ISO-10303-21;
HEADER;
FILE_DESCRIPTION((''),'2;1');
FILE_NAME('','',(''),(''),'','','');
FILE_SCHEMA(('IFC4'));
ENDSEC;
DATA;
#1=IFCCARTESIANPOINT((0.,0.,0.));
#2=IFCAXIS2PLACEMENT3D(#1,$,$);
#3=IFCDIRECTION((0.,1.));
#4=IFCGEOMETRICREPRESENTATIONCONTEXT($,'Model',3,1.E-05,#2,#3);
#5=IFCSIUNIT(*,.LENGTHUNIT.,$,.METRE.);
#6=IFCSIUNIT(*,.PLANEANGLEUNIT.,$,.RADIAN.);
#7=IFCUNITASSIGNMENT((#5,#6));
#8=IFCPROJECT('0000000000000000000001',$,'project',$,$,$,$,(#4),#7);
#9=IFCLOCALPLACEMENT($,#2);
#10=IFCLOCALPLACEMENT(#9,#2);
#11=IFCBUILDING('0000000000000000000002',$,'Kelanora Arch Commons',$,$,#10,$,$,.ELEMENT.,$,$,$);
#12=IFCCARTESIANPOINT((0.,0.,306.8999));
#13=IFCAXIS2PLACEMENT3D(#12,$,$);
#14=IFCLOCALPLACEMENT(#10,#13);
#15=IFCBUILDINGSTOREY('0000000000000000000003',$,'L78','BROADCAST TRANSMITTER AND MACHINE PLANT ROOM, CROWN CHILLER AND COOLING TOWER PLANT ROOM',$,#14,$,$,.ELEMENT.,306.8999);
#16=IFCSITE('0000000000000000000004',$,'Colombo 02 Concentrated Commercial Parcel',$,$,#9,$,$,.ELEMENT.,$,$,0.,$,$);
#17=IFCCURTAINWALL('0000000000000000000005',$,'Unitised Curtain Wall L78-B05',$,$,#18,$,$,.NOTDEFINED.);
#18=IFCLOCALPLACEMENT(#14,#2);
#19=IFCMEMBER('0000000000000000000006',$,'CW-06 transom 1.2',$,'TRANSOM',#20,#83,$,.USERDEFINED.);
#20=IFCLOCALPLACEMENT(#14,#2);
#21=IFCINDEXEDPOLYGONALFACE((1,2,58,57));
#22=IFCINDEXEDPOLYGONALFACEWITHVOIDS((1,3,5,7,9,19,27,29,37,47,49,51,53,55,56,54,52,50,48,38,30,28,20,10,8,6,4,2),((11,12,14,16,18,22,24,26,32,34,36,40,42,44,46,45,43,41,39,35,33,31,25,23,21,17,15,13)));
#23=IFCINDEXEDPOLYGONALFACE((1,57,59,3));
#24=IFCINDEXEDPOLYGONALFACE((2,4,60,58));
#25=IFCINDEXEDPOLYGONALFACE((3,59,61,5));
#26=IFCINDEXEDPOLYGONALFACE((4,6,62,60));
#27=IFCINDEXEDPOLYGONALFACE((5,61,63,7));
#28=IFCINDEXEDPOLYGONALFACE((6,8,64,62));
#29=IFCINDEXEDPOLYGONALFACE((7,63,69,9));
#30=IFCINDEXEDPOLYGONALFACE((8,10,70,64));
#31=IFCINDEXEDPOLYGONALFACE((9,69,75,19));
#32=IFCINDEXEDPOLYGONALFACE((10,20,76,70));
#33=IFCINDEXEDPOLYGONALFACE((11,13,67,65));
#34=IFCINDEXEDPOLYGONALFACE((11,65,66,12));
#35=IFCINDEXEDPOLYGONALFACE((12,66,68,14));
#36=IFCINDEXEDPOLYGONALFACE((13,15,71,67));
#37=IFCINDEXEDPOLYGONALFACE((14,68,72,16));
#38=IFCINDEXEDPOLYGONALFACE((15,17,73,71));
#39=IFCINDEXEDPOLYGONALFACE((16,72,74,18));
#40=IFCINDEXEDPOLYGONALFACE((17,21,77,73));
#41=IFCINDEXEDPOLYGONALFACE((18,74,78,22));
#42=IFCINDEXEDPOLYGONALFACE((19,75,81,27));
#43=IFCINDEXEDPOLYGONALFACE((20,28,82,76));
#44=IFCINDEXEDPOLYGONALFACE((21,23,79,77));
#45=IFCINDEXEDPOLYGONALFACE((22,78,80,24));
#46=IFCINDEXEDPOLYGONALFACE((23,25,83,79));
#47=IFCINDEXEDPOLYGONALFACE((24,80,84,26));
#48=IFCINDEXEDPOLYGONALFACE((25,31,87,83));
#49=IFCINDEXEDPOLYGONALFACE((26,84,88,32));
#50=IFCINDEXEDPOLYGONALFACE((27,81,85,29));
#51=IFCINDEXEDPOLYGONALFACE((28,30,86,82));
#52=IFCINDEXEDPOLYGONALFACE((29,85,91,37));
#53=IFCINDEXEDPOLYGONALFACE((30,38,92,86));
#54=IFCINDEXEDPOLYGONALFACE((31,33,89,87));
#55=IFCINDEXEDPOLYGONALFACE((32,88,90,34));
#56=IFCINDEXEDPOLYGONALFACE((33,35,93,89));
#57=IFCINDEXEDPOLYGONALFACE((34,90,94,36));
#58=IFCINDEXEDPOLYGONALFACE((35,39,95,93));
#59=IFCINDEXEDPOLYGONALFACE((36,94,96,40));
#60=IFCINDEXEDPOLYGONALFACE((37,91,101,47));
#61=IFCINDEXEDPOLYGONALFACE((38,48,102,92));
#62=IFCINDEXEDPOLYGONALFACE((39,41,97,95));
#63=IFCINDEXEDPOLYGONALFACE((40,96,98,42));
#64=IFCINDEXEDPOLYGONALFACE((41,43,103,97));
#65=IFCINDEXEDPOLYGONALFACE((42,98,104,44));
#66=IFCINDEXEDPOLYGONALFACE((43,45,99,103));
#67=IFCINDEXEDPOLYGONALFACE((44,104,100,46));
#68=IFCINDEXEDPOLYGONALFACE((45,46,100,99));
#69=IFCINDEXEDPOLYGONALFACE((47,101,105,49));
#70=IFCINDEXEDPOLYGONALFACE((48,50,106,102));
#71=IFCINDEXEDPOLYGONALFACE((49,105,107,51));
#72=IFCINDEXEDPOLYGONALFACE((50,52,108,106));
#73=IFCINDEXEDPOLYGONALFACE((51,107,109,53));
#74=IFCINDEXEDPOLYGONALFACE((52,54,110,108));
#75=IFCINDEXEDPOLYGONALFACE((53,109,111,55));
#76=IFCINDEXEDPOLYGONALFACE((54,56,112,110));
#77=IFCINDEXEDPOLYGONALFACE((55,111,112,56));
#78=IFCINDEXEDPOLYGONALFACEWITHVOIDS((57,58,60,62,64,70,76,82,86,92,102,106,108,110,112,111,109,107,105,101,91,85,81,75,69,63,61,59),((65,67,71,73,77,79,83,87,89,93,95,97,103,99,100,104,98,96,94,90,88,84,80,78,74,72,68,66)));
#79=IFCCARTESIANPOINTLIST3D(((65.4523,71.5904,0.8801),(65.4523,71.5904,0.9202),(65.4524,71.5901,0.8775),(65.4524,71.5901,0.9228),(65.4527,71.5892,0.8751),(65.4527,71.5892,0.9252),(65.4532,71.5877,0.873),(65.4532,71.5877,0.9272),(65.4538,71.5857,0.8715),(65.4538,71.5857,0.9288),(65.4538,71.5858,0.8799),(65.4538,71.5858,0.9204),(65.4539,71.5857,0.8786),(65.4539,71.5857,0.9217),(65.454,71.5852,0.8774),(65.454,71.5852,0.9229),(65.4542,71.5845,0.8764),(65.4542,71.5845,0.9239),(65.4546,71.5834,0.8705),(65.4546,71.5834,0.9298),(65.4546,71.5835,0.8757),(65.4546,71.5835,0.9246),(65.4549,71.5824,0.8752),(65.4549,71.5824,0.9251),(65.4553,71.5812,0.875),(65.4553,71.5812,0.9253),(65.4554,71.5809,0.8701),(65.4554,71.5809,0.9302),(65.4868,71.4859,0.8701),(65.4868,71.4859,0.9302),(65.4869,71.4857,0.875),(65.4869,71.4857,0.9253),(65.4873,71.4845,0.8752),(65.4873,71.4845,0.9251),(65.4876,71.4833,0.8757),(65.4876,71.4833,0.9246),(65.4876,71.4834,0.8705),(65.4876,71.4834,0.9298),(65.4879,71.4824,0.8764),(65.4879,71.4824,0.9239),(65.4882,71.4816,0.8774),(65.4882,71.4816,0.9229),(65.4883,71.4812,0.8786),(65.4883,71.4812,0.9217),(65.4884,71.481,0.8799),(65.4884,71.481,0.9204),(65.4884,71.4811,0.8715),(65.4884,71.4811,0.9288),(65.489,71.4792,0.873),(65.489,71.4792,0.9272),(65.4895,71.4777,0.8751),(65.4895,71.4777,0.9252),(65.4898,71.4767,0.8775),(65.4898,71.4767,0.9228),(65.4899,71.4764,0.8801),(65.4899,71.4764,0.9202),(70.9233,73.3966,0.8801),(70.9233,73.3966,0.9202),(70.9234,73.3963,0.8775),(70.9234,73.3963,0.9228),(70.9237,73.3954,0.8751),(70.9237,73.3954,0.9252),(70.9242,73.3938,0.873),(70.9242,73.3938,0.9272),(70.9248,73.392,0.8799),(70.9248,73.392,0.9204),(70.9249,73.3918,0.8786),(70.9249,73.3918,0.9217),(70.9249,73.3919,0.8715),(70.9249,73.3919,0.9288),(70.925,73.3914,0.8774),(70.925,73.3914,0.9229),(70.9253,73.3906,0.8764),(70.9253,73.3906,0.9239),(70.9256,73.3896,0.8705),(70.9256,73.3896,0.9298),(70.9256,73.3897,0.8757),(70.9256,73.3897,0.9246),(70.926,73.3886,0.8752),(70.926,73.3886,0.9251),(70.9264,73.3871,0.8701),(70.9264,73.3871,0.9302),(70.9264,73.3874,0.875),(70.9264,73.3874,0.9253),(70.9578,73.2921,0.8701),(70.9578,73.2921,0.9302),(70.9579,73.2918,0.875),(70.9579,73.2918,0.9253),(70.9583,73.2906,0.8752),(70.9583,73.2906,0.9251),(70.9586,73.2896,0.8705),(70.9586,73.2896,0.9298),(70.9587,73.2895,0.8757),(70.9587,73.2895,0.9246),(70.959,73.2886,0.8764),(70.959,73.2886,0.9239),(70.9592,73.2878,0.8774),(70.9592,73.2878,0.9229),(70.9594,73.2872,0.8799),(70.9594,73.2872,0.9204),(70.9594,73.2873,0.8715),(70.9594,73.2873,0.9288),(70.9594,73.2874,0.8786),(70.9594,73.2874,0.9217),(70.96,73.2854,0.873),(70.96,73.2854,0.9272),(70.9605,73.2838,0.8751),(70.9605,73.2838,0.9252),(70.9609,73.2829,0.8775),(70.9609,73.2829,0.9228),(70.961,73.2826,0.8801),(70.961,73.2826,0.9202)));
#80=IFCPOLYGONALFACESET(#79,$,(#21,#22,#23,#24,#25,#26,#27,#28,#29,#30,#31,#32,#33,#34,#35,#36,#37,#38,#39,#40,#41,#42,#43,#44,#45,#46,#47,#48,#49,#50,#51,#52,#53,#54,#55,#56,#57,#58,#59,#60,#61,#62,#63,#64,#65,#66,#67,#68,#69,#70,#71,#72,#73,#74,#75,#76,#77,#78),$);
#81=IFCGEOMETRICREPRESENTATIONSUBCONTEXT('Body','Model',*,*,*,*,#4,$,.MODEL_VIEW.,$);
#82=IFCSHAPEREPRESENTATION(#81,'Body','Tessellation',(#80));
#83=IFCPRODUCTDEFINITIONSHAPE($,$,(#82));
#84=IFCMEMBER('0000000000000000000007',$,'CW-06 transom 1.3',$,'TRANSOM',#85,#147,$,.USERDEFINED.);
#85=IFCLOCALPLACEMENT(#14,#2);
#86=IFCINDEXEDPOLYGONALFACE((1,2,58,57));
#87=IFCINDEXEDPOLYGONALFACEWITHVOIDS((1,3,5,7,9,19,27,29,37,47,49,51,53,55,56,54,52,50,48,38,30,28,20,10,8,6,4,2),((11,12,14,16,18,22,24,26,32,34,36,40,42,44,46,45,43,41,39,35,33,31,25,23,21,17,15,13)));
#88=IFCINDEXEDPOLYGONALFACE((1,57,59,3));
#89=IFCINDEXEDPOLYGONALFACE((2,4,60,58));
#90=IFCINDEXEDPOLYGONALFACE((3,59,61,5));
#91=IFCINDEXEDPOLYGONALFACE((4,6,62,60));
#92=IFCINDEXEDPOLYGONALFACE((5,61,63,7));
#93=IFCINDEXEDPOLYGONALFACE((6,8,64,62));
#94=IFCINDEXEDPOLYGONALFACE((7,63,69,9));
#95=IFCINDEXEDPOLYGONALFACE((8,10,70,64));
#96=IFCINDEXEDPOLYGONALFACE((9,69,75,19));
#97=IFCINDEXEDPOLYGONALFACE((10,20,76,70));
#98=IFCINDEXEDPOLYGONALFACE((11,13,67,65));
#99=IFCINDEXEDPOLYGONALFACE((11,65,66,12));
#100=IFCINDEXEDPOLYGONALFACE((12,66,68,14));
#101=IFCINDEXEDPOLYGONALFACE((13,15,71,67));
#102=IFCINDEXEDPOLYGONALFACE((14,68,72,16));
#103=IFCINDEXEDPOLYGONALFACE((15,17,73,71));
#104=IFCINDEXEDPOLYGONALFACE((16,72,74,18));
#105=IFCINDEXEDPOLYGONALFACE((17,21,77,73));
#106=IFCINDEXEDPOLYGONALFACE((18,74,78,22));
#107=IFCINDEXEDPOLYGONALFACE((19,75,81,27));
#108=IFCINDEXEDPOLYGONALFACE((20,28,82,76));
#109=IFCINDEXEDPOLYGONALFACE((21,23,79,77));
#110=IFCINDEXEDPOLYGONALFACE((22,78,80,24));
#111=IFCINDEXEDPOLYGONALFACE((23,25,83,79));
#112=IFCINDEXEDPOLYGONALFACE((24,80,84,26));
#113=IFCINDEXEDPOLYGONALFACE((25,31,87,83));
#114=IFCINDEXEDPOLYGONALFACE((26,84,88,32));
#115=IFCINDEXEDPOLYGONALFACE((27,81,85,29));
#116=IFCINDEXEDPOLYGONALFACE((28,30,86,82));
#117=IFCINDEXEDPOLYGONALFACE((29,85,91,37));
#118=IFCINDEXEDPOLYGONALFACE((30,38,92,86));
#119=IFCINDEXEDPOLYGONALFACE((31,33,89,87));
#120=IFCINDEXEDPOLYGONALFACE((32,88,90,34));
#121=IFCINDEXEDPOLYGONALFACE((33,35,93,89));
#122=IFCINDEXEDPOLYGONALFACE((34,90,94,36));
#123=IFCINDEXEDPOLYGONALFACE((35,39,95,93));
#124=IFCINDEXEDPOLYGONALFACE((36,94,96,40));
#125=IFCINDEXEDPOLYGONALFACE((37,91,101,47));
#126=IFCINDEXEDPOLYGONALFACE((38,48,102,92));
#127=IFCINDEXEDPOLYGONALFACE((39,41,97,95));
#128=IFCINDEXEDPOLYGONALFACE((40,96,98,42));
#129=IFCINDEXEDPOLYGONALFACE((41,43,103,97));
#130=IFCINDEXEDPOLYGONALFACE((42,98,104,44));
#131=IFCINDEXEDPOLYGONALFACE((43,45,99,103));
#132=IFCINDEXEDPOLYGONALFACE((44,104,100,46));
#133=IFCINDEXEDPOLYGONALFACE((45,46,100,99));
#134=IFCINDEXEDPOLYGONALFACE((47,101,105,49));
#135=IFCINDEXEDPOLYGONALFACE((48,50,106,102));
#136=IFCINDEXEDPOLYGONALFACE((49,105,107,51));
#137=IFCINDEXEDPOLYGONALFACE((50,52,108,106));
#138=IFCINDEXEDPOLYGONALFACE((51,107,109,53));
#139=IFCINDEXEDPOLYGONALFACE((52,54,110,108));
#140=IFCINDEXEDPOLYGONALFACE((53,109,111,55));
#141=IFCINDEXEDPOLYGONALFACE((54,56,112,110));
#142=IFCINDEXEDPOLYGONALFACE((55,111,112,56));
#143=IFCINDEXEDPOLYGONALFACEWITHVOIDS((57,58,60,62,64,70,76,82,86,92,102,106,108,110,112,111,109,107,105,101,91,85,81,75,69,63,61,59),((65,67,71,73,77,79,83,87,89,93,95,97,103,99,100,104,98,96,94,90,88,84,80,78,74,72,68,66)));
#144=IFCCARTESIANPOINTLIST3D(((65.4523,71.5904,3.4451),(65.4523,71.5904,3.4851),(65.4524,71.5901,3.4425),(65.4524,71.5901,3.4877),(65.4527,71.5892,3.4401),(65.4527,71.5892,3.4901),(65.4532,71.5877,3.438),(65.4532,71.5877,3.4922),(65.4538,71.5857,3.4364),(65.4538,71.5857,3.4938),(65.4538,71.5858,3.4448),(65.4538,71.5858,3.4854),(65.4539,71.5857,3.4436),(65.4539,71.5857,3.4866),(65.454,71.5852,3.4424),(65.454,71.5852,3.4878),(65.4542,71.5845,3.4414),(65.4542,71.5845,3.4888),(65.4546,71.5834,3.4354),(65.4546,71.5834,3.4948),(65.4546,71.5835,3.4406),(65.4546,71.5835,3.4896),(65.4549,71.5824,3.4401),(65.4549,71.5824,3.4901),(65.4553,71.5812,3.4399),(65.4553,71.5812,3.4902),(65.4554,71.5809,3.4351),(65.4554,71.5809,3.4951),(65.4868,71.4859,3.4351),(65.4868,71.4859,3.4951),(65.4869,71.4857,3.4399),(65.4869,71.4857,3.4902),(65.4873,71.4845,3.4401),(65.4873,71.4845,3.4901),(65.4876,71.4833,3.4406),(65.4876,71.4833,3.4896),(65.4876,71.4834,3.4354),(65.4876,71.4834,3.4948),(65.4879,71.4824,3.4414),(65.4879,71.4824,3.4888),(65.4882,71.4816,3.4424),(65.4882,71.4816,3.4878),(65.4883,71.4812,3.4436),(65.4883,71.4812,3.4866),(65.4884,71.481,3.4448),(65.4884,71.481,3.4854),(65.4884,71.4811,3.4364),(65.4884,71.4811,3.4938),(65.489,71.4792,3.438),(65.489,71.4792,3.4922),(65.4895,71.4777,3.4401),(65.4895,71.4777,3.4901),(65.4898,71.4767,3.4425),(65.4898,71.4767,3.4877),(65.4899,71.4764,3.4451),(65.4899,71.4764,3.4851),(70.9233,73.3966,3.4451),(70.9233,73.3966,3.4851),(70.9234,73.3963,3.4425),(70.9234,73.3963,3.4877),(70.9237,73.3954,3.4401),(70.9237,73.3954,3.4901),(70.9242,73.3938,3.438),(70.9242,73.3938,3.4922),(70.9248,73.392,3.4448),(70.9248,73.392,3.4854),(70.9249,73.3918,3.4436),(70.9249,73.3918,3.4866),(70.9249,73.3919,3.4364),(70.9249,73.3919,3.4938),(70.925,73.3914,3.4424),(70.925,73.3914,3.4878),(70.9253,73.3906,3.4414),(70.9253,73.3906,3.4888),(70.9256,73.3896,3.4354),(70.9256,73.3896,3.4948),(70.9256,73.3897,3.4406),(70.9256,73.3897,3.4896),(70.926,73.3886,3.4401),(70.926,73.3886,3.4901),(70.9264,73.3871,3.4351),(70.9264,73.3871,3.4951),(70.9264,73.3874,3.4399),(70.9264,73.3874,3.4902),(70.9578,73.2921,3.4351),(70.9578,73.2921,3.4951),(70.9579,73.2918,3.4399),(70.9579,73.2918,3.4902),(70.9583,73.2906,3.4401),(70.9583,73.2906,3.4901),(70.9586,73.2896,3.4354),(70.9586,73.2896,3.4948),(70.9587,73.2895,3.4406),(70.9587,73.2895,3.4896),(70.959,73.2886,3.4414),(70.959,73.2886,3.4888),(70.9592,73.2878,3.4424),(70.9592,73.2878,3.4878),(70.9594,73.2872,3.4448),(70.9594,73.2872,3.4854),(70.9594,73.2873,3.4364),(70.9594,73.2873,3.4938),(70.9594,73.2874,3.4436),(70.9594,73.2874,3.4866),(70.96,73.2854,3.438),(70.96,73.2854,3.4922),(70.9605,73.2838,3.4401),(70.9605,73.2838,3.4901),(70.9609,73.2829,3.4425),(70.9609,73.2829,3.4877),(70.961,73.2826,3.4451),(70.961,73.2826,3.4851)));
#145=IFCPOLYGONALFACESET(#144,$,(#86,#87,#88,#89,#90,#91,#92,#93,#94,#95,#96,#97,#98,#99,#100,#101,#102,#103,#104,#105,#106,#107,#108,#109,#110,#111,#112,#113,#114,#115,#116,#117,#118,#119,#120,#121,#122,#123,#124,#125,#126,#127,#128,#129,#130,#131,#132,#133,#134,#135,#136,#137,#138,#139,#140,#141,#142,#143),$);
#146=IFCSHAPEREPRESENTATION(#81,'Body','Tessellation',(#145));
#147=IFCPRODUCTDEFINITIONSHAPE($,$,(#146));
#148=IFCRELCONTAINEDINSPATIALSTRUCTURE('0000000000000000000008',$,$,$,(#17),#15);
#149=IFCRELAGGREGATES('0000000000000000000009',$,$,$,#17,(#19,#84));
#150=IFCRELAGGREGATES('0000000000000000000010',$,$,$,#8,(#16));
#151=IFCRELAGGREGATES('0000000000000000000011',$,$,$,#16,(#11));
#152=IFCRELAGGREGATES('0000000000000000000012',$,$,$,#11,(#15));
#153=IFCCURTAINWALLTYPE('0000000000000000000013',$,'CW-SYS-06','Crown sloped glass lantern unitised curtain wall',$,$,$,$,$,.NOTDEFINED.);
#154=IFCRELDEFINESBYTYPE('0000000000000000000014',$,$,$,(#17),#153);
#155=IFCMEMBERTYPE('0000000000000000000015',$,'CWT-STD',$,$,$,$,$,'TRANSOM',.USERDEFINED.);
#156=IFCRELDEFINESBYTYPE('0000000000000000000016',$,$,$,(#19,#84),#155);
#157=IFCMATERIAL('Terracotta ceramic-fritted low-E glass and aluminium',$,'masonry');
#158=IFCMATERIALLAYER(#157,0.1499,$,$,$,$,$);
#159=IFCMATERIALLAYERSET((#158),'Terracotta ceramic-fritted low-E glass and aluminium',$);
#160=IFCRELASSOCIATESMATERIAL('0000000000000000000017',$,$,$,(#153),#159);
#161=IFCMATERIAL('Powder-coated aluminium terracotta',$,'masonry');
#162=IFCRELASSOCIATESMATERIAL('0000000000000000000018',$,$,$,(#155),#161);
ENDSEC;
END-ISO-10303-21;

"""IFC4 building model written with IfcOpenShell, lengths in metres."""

from ifc_helpers import new_model, si_unit, direction, frame, origin, origin_2d, place, context, subcontext, project, spatial, hollow_rectangle, extrude, material, layer, layer_set, material_profile, profile_set, type_object, element, aggregate, save


model = new_model("IFC4")

# Units and contexts
model_context = context("Model", 3, precision=1e-05, world=origin(), true_north=direction((0.0, 1.0)))
body_context = subcontext(model_context, "Body", "Model", "MODEL_VIEW")
ifc_project = project(units=[si_unit("LENGTHUNIT", "METRE"), si_unit("PLANEANGLEUNIT", "RADIAN")], contexts=[model_context])

# Site, building, storey
site_placement = place(None, origin())
site = spatial("IfcSite", under=ifc_project, at=site_placement, Name="Colombo 02 Concentrated Commercial Parcel", CompositionType="ELEMENT", RefElevation=0.0)
building_placement = place(site_placement, origin())
building = spatial("IfcBuilding", under=site, at=building_placement, Name="Kelanora Arch Commons", CompositionType="ELEMENT")
storey_placement = place(building_placement, frame((0.0, 0.0, 306.8999)))
storey = spatial("IfcBuildingStorey", under=building, at=storey_placement, Name="L78", Description="BROADCAST TRANSMITTER AND MACHINE PLANT ROOM, CROWN CHILLER AND COOLING TOWER PLANT ROOM", CompositionType="ELEMENT", Elevation=306.8999)

# Shared definitions
ifc_material_1 = material(Name="Terracotta ceramic-fritted low-E glass and aluminium", Category="masonry")
ifc_layer_1 = layer(ifc_material_1, 0.1499)
ifc_layer_set_1 = layer_set([ifc_layer_1], Name="Terracotta ceramic-fritted low-E glass and aluminium")
curtain_wall_type = type_object("IfcCurtainWallType", Name="CW-SYS-06", Description="Crown sloped glass lantern unitised curtain wall", PredefinedType="NOTDEFINED", material=ifc_layer_set_1)
ifc_material_2 = material(Name="Powder-coated aluminium terracotta", Category="masonry")

# Curtain wall
curtain_wall_1_placement = place(storey_placement, origin())
curtain_wall_1 = element("IfcCurtainWall", 1, at=curtain_wall_1_placement, inside=storey, type_object=curtain_wall_type, Name="Unitised Curtain Wall L78-B05", PredefinedType="NOTDEFINED")

# Members
ifc_material_profile_1 = material_profile(ifc_material_2, hollow_rectangle(XDim=0.1201, YDim=0.0601, WallThickness=0.0049, InnerFilletRadius=0.0049, OuterFilletRadius=0.01, at=origin_2d()), Name="CWT120x60")
ifc_profile_set_1 = profile_set([ifc_material_profile_1], Name="Powder-coated aluminium terracotta")
member_type_1 = type_object("IfcMemberType", Name="CWT-STD", ElementType="TRANSOM", PredefinedType="USERDEFINED", material=ifc_profile_set_1)
member_1_placement = place(storey_placement, frame((70.9421, 73.3396, 0.9001), z_axis=(-0.94959, -0.313493, 0.0), x_axis=(0.313493, -0.94959, 0.0)))
member_1 = element("IfcMember", 2, at=member_1_placement, type_object=member_type_1, Name="CW-06 transom 1.2", ObjectType="TRANSOM", PredefinedType="USERDEFINED", context=body_context, shape_type="SweptSolid", body=[
    extrude(hollow_rectangle(XDim=0.1201, YDim=0.0601, WallThickness=0.0049, InnerFilletRadius=0.0049, OuterFilletRadius=0.01, at=origin_2d()), origin(), (0.0, 0.0, 1.0), 5.7615),
])
member_2_placement = place(storey_placement, frame((70.9421, 73.3396, 3.4651), z_axis=(-0.94959, -0.313493, 0.0), x_axis=(0.313493, -0.94959, 0.0)))
member_2 = element("IfcMember", 3, at=member_2_placement, type_object=member_type_1, Name="CW-06 transom 1.3", ObjectType="TRANSOM", PredefinedType="USERDEFINED", context=body_context, shape_type="SweptSolid", body=[
    extrude(hollow_rectangle(XDim=0.1201, YDim=0.0601, WallThickness=0.0049, InnerFilletRadius=0.0049, OuterFilletRadius=0.01, at=origin_2d()), origin(), (0.0, 0.0, 1.0), 5.7615),
])

aggregate(curtain_wall_1, [member_1, member_2])

save(model, "model.ifc")
